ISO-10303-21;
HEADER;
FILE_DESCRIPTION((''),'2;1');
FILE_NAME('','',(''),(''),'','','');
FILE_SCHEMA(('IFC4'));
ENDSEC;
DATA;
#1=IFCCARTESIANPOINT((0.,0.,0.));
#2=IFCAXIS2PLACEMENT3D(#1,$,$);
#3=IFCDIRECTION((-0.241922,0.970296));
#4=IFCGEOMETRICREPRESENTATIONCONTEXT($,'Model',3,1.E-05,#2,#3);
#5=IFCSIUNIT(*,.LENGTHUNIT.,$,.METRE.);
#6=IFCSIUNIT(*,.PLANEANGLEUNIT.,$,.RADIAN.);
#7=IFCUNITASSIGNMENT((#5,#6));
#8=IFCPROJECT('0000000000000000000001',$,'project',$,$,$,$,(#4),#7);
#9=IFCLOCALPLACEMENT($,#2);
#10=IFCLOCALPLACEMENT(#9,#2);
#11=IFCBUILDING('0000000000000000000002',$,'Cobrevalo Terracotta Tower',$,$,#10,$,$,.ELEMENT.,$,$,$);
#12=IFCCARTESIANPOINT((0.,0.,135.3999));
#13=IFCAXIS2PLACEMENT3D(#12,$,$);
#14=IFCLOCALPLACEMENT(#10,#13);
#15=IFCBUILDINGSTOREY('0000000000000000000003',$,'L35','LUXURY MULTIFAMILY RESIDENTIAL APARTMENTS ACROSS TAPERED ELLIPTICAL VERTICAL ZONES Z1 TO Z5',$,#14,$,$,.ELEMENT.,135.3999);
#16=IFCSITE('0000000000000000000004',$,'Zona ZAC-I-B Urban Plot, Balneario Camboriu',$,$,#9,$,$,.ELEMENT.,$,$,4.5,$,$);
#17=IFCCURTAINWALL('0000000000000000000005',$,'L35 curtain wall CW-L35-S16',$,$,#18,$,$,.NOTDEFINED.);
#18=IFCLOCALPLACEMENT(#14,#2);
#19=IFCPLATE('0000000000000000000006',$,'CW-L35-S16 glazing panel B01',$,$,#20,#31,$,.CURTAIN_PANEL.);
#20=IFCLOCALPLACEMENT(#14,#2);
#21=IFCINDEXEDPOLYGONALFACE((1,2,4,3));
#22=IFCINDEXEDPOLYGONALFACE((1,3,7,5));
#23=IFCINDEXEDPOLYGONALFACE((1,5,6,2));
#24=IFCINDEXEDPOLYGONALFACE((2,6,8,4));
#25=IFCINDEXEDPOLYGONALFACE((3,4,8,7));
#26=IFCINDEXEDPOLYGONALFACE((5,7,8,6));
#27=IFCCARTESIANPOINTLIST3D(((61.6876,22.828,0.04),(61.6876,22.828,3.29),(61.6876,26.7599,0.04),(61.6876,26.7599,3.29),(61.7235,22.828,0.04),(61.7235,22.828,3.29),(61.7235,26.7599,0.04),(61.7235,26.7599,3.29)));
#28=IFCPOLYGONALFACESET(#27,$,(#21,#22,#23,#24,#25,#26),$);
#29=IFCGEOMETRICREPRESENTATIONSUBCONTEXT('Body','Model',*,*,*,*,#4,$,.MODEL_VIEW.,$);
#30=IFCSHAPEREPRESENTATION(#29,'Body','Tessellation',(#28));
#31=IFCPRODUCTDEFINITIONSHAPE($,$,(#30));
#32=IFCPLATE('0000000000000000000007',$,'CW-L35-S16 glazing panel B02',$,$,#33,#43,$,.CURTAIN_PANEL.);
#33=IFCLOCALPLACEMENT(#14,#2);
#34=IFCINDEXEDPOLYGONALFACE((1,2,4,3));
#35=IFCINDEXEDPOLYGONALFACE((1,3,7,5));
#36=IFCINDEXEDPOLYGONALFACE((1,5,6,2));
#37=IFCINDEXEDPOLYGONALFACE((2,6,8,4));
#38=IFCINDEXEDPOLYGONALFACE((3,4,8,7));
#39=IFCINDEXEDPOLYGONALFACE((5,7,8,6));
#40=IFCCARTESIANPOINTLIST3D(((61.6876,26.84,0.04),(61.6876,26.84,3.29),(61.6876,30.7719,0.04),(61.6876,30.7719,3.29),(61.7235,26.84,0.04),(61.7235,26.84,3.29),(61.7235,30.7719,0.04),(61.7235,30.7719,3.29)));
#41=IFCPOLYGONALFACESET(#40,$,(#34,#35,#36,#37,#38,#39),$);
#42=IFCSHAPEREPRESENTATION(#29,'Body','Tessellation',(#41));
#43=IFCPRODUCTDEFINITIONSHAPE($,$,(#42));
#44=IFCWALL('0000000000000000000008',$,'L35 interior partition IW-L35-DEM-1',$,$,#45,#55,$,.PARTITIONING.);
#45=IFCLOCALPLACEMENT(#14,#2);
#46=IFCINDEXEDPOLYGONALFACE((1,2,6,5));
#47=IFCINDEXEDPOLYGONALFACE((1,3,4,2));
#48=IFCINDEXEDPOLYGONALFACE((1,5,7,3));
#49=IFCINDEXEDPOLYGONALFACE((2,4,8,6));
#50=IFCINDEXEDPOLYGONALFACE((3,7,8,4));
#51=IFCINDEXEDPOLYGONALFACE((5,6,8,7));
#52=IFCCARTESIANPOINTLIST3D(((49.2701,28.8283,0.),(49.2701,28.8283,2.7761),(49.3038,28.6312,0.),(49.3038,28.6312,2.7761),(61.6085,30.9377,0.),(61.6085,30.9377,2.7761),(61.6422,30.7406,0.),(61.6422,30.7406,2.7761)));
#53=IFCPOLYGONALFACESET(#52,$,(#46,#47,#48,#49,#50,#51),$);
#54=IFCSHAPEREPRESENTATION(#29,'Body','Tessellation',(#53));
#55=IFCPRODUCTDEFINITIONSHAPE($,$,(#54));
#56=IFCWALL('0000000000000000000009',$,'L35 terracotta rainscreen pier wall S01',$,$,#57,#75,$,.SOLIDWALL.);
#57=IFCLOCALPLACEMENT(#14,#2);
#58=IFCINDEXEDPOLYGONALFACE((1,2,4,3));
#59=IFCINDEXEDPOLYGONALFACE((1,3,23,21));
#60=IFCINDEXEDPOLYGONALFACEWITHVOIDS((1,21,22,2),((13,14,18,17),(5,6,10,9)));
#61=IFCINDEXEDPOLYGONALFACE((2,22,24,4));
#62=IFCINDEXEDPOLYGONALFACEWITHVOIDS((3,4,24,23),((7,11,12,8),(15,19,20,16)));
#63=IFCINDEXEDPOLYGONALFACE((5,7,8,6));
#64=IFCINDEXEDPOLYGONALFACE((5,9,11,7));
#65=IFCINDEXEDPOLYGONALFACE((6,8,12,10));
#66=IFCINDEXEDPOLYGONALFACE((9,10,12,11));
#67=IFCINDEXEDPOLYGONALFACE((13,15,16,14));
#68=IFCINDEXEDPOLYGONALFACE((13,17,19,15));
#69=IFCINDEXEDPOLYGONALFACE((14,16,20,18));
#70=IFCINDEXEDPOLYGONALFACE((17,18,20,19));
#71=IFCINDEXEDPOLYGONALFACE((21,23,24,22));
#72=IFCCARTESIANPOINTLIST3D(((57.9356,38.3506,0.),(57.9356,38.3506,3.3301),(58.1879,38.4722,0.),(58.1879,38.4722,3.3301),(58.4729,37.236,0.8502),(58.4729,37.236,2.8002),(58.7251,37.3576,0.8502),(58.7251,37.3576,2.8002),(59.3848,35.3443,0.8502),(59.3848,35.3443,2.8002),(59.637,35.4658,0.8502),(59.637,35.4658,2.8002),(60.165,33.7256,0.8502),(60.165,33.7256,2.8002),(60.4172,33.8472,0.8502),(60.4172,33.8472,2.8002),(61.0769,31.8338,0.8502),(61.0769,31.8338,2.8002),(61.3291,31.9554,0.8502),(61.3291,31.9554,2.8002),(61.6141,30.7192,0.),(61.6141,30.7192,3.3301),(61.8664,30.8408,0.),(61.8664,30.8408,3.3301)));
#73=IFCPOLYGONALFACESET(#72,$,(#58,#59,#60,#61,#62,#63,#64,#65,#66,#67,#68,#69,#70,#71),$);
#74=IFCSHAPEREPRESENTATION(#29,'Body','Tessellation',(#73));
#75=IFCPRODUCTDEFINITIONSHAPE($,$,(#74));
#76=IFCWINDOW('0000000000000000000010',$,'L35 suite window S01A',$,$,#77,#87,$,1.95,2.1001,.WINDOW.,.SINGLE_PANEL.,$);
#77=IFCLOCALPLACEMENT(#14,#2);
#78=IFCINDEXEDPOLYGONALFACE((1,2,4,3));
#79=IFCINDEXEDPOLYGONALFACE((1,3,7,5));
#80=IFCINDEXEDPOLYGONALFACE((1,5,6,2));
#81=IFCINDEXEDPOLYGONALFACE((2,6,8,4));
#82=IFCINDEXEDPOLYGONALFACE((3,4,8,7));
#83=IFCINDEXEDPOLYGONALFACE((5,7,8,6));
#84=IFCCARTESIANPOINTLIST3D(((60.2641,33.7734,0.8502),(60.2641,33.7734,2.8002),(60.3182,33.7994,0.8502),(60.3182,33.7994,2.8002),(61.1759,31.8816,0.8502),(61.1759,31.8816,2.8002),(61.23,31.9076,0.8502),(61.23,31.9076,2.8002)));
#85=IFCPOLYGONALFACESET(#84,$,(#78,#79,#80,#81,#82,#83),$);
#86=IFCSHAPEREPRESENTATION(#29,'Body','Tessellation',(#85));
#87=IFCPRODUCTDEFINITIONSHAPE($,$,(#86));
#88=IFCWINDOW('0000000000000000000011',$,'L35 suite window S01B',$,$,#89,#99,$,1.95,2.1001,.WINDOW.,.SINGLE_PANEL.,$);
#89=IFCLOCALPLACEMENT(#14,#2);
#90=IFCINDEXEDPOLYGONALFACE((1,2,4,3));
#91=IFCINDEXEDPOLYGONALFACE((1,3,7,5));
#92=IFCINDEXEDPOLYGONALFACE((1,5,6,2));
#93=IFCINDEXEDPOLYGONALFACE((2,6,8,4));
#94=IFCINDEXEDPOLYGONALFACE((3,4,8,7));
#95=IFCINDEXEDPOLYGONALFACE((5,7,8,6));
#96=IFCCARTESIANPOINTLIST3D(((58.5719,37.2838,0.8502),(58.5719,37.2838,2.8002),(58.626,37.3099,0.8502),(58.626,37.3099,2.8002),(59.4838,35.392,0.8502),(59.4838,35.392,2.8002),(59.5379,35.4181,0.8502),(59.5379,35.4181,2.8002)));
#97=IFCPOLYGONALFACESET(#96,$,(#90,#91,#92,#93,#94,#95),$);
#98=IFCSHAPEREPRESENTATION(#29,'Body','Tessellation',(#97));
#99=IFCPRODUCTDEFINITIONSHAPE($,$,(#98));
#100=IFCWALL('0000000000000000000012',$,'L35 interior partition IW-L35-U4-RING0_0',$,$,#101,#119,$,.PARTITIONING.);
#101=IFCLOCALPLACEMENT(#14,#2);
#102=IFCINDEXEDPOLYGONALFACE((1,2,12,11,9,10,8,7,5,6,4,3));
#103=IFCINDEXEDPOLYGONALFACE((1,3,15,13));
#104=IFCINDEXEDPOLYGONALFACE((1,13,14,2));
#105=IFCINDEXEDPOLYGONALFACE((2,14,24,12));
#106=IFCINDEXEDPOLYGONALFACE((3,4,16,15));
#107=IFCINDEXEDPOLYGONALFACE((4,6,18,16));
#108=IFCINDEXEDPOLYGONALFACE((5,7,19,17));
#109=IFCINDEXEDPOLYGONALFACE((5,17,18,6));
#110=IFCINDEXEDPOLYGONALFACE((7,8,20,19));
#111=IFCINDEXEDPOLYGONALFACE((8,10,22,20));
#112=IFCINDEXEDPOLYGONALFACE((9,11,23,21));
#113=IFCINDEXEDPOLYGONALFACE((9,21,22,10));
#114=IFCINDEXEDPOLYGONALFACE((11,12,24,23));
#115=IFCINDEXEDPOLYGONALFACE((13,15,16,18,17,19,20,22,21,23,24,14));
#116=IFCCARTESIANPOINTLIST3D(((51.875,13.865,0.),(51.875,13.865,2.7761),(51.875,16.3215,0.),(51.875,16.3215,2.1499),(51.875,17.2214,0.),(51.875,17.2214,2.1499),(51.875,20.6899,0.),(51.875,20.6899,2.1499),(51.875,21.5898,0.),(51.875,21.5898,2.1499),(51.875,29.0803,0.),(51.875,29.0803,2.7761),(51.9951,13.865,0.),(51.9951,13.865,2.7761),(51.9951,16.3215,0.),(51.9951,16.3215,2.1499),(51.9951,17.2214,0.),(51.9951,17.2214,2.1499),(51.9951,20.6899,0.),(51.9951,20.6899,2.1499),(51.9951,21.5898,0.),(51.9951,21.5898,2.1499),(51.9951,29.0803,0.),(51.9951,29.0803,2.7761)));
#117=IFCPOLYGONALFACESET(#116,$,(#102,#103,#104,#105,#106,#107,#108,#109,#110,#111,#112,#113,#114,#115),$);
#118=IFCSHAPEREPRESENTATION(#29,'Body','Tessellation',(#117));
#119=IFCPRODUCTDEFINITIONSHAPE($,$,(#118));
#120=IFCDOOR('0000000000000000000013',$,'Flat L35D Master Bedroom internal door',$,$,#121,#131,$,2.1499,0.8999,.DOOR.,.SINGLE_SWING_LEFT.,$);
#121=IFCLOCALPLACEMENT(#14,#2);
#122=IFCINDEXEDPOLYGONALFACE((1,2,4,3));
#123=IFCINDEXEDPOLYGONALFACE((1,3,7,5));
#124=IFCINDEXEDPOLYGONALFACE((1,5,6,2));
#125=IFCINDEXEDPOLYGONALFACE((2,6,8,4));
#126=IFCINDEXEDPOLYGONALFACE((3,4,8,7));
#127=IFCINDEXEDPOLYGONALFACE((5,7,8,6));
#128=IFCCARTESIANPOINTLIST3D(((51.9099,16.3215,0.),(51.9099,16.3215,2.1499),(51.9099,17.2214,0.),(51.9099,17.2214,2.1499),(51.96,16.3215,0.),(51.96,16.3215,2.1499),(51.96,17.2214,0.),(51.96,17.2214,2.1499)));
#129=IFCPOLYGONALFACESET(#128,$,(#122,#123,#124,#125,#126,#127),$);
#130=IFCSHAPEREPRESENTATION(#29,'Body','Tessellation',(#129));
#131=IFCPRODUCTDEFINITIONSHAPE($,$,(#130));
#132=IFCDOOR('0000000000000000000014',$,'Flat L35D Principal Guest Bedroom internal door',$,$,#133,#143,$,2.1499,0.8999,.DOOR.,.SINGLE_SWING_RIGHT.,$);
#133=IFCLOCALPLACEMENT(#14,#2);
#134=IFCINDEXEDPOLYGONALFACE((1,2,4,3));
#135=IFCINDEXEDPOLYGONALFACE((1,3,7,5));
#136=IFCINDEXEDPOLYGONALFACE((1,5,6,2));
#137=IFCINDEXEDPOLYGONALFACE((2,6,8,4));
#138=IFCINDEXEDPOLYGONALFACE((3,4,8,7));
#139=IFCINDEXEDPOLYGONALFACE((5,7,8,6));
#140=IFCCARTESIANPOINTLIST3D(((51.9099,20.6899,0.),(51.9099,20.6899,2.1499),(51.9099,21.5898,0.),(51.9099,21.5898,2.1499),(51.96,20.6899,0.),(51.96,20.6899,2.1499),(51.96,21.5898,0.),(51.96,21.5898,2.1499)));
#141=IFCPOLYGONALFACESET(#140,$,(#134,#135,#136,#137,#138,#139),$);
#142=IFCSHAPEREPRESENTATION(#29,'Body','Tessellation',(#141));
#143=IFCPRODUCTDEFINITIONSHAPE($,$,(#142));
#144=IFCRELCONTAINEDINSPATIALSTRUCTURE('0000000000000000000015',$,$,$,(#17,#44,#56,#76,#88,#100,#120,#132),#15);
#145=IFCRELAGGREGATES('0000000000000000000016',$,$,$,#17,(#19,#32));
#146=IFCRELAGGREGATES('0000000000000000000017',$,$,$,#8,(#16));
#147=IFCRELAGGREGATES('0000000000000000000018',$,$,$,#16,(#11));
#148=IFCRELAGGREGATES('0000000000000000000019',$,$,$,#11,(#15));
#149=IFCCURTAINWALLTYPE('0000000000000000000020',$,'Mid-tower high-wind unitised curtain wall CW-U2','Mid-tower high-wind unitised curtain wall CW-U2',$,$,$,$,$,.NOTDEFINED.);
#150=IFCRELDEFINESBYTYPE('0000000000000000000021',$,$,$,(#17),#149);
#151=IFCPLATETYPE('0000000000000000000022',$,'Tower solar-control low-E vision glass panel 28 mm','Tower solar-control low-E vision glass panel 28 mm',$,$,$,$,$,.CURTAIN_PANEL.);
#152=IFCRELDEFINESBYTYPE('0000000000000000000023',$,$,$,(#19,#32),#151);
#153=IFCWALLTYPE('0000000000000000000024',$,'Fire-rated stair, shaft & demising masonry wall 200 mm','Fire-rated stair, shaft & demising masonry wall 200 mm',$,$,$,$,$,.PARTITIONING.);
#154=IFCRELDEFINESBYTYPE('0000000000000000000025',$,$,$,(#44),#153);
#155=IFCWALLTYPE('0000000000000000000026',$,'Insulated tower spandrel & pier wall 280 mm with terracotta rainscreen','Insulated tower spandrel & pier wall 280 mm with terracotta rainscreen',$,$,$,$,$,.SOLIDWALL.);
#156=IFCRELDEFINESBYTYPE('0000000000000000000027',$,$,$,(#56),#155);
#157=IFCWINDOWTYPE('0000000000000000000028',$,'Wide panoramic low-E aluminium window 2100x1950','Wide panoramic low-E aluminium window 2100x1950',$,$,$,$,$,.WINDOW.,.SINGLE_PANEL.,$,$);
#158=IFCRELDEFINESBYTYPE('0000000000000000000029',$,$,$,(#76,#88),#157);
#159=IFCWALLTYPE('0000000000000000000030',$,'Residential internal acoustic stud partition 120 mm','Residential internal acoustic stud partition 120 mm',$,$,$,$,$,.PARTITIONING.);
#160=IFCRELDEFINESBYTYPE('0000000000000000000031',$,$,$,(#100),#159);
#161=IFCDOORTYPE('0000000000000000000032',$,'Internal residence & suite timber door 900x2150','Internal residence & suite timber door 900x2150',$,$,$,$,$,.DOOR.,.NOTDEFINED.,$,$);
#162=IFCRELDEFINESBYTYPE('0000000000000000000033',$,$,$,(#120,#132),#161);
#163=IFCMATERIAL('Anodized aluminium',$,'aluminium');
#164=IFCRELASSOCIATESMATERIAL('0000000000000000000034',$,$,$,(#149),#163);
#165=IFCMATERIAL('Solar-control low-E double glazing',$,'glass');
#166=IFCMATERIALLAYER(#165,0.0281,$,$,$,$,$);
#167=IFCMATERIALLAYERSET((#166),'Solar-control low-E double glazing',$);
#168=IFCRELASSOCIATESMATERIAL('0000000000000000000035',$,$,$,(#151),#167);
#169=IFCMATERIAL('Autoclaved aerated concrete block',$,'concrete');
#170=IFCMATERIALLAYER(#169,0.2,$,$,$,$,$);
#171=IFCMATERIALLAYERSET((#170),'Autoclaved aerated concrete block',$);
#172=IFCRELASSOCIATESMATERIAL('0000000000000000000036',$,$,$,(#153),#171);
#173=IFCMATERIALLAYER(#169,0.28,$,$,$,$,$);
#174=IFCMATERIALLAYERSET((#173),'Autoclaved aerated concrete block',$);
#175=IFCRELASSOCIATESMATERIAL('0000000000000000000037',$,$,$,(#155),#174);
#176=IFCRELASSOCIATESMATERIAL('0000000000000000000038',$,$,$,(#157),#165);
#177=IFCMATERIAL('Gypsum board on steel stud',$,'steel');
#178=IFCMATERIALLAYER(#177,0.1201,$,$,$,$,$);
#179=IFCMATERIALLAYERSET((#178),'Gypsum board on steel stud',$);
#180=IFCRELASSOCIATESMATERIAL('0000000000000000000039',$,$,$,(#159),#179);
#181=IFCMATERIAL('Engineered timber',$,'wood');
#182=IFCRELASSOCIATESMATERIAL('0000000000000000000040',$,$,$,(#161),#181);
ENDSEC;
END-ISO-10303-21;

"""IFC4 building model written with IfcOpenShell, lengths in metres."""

from ifc_helpers import new_model, si_unit, direction, frame, frame_2d, origin, origin_2d, place, context, subcontext, project, spatial, rectangle, extrude, source, transform, mapped, material, layer, layer_set, type_object, element, fill, aggregate, save


model = new_model("IFC4")

# Units and contexts
model_context = context("Model", 3, precision=1e-05, world=origin(), true_north=direction((-0.241922, 0.970296)))
body_context = subcontext(model_context, "Body", "Model", "MODEL_VIEW")
ifc_project = project(units=[si_unit("LENGTHUNIT", "METRE"), si_unit("PLANEANGLEUNIT", "RADIAN")], contexts=[model_context])

# Site, building, storey
site_placement = place(None, origin())
site = spatial("IfcSite", under=ifc_project, at=site_placement, Name="Zona ZAC-I-B Urban Plot, Balneario Camboriu", CompositionType="ELEMENT", RefElevation=4.5)
building_placement = place(site_placement, origin())
building = spatial("IfcBuilding", under=site, at=building_placement, Name="Cobrevalo Terracotta Tower", CompositionType="ELEMENT")
storey_placement = place(building_placement, frame((0.0, 0.0, 135.3999)))
storey = spatial("IfcBuildingStorey", under=building, at=storey_placement, Name="L35", Description="LUXURY MULTIFAMILY RESIDENTIAL APARTMENTS ACROSS TAPERED ELLIPTICAL VERTICAL ZONES Z1 TO Z5", CompositionType="ELEMENT", Elevation=135.3999)

# Curtain wall, plates
ifc_material_1 = material(Name="Anodized aluminium", Category="aluminium")
curtain_wall_type = type_object("IfcCurtainWallType", Name="Mid-tower high-wind unitised curtain wall CW-U2", Description="Mid-tower high-wind unitised curtain wall CW-U2", PredefinedType="NOTDEFINED", material=ifc_material_1)
curtain_wall_placement = place(storey_placement, origin())
curtain_wall = element("IfcCurtainWall", 1, at=curtain_wall_placement, inside=storey, type_object=curtain_wall_type, Name="L35 curtain wall CW-L35-S16", PredefinedType="NOTDEFINED")
ifc_material_2 = material(Name="Solar-control low-E double glazing", Category="glass")
ifc_layer_1 = layer(ifc_material_2, 0.0281)
ifc_layer_set_1 = layer_set([ifc_layer_1], Name="Solar-control low-E double glazing")
plate_type = type_object("IfcPlateType", Name="Tower solar-control low-E vision glass panel 28 mm", Description="Tower solar-control low-E vision glass panel 28 mm", PredefinedType="CURTAIN_PANEL", material=ifc_layer_set_1)
shared_shape_1 = source(origin(), body_context, "Body", "SweptSolid", [
    extrude(rectangle(XDim=3.9319, YDim=0.0359, at=origin_2d()), origin(), (0.0, 0.0, 1.0), 3.25),
])
plate_1_placement = place(storey_placement, frame((61.7056, 24.7939, 0.04), z_axis=(0.0, 0.0, 1.0), x_axis=(0.0, 1.0, 0.0)))
plate_1 = element("IfcPlate", 2, at=plate_1_placement, type_object=plate_type, Name="CW-L35-S16 glazing panel B01", PredefinedType="CURTAIN_PANEL", context=body_context, shape_type="MappedRepresentation", body=[
    mapped(shared_shape_1, transform((0.0, 0.0, 0.0), scale=1.0)),
])
plate_2_placement = place(storey_placement, frame((61.7056, 28.8059, 0.04), z_axis=(0.0, 0.0, 1.0), x_axis=(0.0, 1.0, 0.0)))
plate_2 = element("IfcPlate", 3, at=plate_2_placement, type_object=plate_type, Name="CW-L35-S16 glazing panel B02", PredefinedType="CURTAIN_PANEL", context=body_context, shape_type="MappedRepresentation", body=[
    mapped(shared_shape_1, transform((0.0, 0.0, 0.0), scale=1.0)),
])
aggregate(curtain_wall, [plate_1, plate_2])

# Wall
ifc_material_3 = material(Name="Autoclaved aerated concrete block", Category="concrete")
ifc_layer_2 = layer(ifc_material_3, 0.2)
ifc_layer_set_2 = layer_set([ifc_layer_2], Name="Autoclaved aerated concrete block")
wall_type_1 = type_object("IfcWallType", Name="Fire-rated stair, shaft & demising masonry wall 200 mm", Description="Fire-rated stair, shaft & demising masonry wall 200 mm", PredefinedType="PARTITIONING", material=ifc_layer_set_2)
wall_1_placement = place(storey_placement, frame((49.2869, 28.7297, 0.0), z_axis=(0.0, 0.0, 1.0), x_axis=(0.985699, 0.168516, 0.0)))
element("IfcWall", 4, at=wall_1_placement, inside=storey, type_object=wall_type_1, Name="L35 interior partition IW-L35-DEM-1", PredefinedType="PARTITIONING", context=body_context, shape_type="SweptSolid", body=[
    extrude(rectangle(XDim=12.5173, YDim=0.2, at=frame_2d((6.2588, 0.0))), origin(), (0.0, 0.0, 1.0), 2.7761),
])

# Wall, openings, windows
ifc_layer_3 = layer(ifc_material_3, 0.28)
ifc_layer_set_3 = layer_set([ifc_layer_3], Name="Autoclaved aerated concrete block")
wall_type_2 = type_object("IfcWallType", Name="Insulated tower spandrel & pier wall 280 mm with terracotta rainscreen", Description="Insulated tower spandrel & pier wall 280 mm with terracotta rainscreen", PredefinedType="SOLIDWALL", material=ifc_layer_set_3)
wall_2_placement = place(storey_placement, frame((61.7402, 30.78, 0.0), z_axis=(0.0, 0.0, 1.0), x_axis=(-0.43421, 0.900812, 0.0)))
wall_2 = element("IfcWall", 5, at=wall_2_placement, inside=storey, type_object=wall_type_2, Name="L35 terracotta rainscreen pier wall S01", PredefinedType="SOLIDWALL", context=body_context, shape_type="SweptSolid", body=[
    extrude(rectangle(XDim=8.4717, YDim=0.28, at=frame_2d((4.2358, 0.0))), origin(), (0.0, 0.0, 1.0), 3.3301),
])
opening_1_placement = place(wall_2_placement, frame((1.2373, 0.0, 0.8501)))
opening_1 = element("IfcOpeningElement", 6, at=opening_1_placement, cuts=wall_2, PredefinedType="OPENING", context=body_context, shape_type="SweptSolid", body=[
    extrude(rectangle(XDim=2.1001, YDim=1.95, at=frame_2d((1.05, 0.9751))), frame((0.0, 0.1499, 0.0), z_axis=(0.0, -1.0, 0.0), x_axis=(1.0, 0.0, 0.0)), (0.0, 0.0, 1.0), 0.3),
])
opening_2_placement = place(wall_2_placement, frame((5.1343, 0.0, 0.8501)))
opening_2 = element("IfcOpeningElement", 7, at=opening_2_placement, cuts=wall_2, PredefinedType="OPENING", context=body_context, shape_type="SweptSolid", body=[
    extrude(rectangle(XDim=2.1001, YDim=1.95, at=frame_2d((1.05, 0.9751))), frame((0.0, 0.1499, 0.0), z_axis=(0.0, -1.0, 0.0), x_axis=(1.0, 0.0, 0.0)), (0.0, 0.0, 1.0), 0.3),
])
window_type = type_object("IfcWindowType", Name="Wide panoramic low-E aluminium window 2100x1950", Description="Wide panoramic low-E aluminium window 2100x1950", PartitioningType="SINGLE_PANEL", PredefinedType="WINDOW", material=ifc_material_2)
shared_shape_2 = source(origin(), body_context, "Body", "SweptSolid", [
    extrude(rectangle(XDim=2.1001, YDim=1.95, at=frame_2d((1.05, 0.9751))), frame((0.0, 0.03, 0.0), z_axis=(0.0, -1.0, 0.0), x_axis=(1.0, 0.0, 0.0)), (0.0, 0.0, 1.0), 0.0601),
])
window_1_placement = place(opening_1_placement, origin())
window_1 = element("IfcWindow", 8, at=window_1_placement, inside=storey, type_object=window_type, Name="L35 suite window S01A", OverallHeight=1.95, OverallWidth=2.1001, PartitioningType="SINGLE_PANEL", PredefinedType="WINDOW", context=body_context, shape_type="MappedRepresentation", body=[
    mapped(shared_shape_2, transform((0.0, 0.0, 0.0), scale=1.0)),
])
fill(opening_1, window_1)
window_2_placement = place(opening_2_placement, origin())
window_2 = element("IfcWindow", 9, at=window_2_placement, inside=storey, type_object=window_type, Name="L35 suite window S01B", OverallHeight=1.95, OverallWidth=2.1001, PartitioningType="SINGLE_PANEL", PredefinedType="WINDOW", context=body_context, shape_type="MappedRepresentation", body=[
    mapped(shared_shape_2, transform((0.0, 0.0, 0.0), scale=1.0)),
])
fill(opening_2, window_2)

# Shared definitions
ifc_material_4 = material(Name="Gypsum board on steel stud", Category="steel")
ifc_layer_4 = layer(ifc_material_4, 0.1201)
ifc_layer_set_4 = layer_set([ifc_layer_4], Name="Gypsum board on steel stud")
wall_type_3 = type_object("IfcWallType", Name="Residential internal acoustic stud partition 120 mm", Description="Residential internal acoustic stud partition 120 mm", PredefinedType="PARTITIONING", material=ifc_layer_set_4)

# Wall, openings, doors
wall_3_placement = place(storey_placement, frame((51.9351, 29.0803, 0.0), z_axis=(0.0, 0.0, 1.0), x_axis=(0.0, -1.0, 0.0)))
wall_3 = element("IfcWall", 10, at=wall_3_placement, inside=storey, type_object=wall_type_3, Name="L35 interior partition IW-L35-U4-RING0_0", PredefinedType="PARTITIONING", context=body_context, shape_type="SweptSolid", body=[
    extrude(rectangle(XDim=15.2153, YDim=0.1201, at=frame_2d((7.6077, 0.0))), origin(), (0.0, 0.0, 1.0), 2.7761),
])
opening_3_placement = place(wall_3_placement, frame((11.8589, 0.0, 0.0)))
opening_3 = element("IfcOpeningElement", 11, at=opening_3_placement, cuts=wall_3, PredefinedType="OPENING", context=body_context, shape_type="SweptSolid", body=[
    extrude(rectangle(XDim=0.8999, YDim=2.1499, at=frame_2d((0.45, 1.075))), frame((0.0, 0.0701, 0.0), z_axis=(0.0, -1.0, 0.0), x_axis=(1.0, 0.0, 0.0)), (0.0, 0.0, 1.0), 0.1401),
])
opening_4_placement = place(wall_3_placement, frame((7.4905, 0.0, 0.0)))
opening_4 = element("IfcOpeningElement", 12, at=opening_4_placement, cuts=wall_3, PredefinedType="OPENING", context=body_context, shape_type="SweptSolid", body=[
    extrude(rectangle(XDim=0.8999, YDim=2.1499, at=frame_2d((0.45, 1.075))), frame((0.0, 0.0701, 0.0), z_axis=(0.0, -1.0, 0.0), x_axis=(1.0, 0.0, 0.0)), (0.0, 0.0, 1.0), 0.1401),
])
ifc_material_5 = material(Name="Engineered timber", Category="wood")
door_type_1 = type_object("IfcDoorType", Name="Internal residence & suite timber door 900x2150", Description="Internal residence & suite timber door 900x2150", OperationType="NOTDEFINED", PredefinedType="DOOR", material=ifc_material_5)
shared_shape_3 = source(origin(), body_context, "Body", "SweptSolid", [
    extrude(rectangle(XDim=0.8999, YDim=2.1499, at=frame_2d((0.45, 1.075))), frame((0.0, 0.0249, 0.0), z_axis=(0.0, -1.0, 0.0), x_axis=(1.0, 0.0, 0.0)), (0.0, 0.0, 1.0), 0.05),
])
door_1_placement = place(opening_3_placement, origin())
door_1 = element("IfcDoor", 13, at=door_1_placement, inside=storey, type_object=door_type_1, Name="Flat L35D Master Bedroom internal door", OperationType="SINGLE_SWING_LEFT", OverallHeight=2.1499, OverallWidth=0.8999, PredefinedType="DOOR", context=body_context, shape_type="MappedRepresentation", body=[
    mapped(shared_shape_3, transform((0.0, 0.0, 0.0), scale=1.0)),
])
fill(opening_3, door_1)
door_2_placement = place(opening_4_placement, origin())
door_2 = element("IfcDoor", 14, at=door_2_placement, inside=storey, type_object=door_type_1, Name="Flat L35D Principal Guest Bedroom internal door", OperationType="SINGLE_SWING_RIGHT", OverallHeight=2.1499, OverallWidth=0.8999, PredefinedType="DOOR", context=body_context, shape_type="MappedRepresentation", body=[
    mapped(shared_shape_3, transform((0.0, 0.0, 0.0), scale=1.0)),
])
fill(opening_4, door_2)

save(model, "model.ifc")
